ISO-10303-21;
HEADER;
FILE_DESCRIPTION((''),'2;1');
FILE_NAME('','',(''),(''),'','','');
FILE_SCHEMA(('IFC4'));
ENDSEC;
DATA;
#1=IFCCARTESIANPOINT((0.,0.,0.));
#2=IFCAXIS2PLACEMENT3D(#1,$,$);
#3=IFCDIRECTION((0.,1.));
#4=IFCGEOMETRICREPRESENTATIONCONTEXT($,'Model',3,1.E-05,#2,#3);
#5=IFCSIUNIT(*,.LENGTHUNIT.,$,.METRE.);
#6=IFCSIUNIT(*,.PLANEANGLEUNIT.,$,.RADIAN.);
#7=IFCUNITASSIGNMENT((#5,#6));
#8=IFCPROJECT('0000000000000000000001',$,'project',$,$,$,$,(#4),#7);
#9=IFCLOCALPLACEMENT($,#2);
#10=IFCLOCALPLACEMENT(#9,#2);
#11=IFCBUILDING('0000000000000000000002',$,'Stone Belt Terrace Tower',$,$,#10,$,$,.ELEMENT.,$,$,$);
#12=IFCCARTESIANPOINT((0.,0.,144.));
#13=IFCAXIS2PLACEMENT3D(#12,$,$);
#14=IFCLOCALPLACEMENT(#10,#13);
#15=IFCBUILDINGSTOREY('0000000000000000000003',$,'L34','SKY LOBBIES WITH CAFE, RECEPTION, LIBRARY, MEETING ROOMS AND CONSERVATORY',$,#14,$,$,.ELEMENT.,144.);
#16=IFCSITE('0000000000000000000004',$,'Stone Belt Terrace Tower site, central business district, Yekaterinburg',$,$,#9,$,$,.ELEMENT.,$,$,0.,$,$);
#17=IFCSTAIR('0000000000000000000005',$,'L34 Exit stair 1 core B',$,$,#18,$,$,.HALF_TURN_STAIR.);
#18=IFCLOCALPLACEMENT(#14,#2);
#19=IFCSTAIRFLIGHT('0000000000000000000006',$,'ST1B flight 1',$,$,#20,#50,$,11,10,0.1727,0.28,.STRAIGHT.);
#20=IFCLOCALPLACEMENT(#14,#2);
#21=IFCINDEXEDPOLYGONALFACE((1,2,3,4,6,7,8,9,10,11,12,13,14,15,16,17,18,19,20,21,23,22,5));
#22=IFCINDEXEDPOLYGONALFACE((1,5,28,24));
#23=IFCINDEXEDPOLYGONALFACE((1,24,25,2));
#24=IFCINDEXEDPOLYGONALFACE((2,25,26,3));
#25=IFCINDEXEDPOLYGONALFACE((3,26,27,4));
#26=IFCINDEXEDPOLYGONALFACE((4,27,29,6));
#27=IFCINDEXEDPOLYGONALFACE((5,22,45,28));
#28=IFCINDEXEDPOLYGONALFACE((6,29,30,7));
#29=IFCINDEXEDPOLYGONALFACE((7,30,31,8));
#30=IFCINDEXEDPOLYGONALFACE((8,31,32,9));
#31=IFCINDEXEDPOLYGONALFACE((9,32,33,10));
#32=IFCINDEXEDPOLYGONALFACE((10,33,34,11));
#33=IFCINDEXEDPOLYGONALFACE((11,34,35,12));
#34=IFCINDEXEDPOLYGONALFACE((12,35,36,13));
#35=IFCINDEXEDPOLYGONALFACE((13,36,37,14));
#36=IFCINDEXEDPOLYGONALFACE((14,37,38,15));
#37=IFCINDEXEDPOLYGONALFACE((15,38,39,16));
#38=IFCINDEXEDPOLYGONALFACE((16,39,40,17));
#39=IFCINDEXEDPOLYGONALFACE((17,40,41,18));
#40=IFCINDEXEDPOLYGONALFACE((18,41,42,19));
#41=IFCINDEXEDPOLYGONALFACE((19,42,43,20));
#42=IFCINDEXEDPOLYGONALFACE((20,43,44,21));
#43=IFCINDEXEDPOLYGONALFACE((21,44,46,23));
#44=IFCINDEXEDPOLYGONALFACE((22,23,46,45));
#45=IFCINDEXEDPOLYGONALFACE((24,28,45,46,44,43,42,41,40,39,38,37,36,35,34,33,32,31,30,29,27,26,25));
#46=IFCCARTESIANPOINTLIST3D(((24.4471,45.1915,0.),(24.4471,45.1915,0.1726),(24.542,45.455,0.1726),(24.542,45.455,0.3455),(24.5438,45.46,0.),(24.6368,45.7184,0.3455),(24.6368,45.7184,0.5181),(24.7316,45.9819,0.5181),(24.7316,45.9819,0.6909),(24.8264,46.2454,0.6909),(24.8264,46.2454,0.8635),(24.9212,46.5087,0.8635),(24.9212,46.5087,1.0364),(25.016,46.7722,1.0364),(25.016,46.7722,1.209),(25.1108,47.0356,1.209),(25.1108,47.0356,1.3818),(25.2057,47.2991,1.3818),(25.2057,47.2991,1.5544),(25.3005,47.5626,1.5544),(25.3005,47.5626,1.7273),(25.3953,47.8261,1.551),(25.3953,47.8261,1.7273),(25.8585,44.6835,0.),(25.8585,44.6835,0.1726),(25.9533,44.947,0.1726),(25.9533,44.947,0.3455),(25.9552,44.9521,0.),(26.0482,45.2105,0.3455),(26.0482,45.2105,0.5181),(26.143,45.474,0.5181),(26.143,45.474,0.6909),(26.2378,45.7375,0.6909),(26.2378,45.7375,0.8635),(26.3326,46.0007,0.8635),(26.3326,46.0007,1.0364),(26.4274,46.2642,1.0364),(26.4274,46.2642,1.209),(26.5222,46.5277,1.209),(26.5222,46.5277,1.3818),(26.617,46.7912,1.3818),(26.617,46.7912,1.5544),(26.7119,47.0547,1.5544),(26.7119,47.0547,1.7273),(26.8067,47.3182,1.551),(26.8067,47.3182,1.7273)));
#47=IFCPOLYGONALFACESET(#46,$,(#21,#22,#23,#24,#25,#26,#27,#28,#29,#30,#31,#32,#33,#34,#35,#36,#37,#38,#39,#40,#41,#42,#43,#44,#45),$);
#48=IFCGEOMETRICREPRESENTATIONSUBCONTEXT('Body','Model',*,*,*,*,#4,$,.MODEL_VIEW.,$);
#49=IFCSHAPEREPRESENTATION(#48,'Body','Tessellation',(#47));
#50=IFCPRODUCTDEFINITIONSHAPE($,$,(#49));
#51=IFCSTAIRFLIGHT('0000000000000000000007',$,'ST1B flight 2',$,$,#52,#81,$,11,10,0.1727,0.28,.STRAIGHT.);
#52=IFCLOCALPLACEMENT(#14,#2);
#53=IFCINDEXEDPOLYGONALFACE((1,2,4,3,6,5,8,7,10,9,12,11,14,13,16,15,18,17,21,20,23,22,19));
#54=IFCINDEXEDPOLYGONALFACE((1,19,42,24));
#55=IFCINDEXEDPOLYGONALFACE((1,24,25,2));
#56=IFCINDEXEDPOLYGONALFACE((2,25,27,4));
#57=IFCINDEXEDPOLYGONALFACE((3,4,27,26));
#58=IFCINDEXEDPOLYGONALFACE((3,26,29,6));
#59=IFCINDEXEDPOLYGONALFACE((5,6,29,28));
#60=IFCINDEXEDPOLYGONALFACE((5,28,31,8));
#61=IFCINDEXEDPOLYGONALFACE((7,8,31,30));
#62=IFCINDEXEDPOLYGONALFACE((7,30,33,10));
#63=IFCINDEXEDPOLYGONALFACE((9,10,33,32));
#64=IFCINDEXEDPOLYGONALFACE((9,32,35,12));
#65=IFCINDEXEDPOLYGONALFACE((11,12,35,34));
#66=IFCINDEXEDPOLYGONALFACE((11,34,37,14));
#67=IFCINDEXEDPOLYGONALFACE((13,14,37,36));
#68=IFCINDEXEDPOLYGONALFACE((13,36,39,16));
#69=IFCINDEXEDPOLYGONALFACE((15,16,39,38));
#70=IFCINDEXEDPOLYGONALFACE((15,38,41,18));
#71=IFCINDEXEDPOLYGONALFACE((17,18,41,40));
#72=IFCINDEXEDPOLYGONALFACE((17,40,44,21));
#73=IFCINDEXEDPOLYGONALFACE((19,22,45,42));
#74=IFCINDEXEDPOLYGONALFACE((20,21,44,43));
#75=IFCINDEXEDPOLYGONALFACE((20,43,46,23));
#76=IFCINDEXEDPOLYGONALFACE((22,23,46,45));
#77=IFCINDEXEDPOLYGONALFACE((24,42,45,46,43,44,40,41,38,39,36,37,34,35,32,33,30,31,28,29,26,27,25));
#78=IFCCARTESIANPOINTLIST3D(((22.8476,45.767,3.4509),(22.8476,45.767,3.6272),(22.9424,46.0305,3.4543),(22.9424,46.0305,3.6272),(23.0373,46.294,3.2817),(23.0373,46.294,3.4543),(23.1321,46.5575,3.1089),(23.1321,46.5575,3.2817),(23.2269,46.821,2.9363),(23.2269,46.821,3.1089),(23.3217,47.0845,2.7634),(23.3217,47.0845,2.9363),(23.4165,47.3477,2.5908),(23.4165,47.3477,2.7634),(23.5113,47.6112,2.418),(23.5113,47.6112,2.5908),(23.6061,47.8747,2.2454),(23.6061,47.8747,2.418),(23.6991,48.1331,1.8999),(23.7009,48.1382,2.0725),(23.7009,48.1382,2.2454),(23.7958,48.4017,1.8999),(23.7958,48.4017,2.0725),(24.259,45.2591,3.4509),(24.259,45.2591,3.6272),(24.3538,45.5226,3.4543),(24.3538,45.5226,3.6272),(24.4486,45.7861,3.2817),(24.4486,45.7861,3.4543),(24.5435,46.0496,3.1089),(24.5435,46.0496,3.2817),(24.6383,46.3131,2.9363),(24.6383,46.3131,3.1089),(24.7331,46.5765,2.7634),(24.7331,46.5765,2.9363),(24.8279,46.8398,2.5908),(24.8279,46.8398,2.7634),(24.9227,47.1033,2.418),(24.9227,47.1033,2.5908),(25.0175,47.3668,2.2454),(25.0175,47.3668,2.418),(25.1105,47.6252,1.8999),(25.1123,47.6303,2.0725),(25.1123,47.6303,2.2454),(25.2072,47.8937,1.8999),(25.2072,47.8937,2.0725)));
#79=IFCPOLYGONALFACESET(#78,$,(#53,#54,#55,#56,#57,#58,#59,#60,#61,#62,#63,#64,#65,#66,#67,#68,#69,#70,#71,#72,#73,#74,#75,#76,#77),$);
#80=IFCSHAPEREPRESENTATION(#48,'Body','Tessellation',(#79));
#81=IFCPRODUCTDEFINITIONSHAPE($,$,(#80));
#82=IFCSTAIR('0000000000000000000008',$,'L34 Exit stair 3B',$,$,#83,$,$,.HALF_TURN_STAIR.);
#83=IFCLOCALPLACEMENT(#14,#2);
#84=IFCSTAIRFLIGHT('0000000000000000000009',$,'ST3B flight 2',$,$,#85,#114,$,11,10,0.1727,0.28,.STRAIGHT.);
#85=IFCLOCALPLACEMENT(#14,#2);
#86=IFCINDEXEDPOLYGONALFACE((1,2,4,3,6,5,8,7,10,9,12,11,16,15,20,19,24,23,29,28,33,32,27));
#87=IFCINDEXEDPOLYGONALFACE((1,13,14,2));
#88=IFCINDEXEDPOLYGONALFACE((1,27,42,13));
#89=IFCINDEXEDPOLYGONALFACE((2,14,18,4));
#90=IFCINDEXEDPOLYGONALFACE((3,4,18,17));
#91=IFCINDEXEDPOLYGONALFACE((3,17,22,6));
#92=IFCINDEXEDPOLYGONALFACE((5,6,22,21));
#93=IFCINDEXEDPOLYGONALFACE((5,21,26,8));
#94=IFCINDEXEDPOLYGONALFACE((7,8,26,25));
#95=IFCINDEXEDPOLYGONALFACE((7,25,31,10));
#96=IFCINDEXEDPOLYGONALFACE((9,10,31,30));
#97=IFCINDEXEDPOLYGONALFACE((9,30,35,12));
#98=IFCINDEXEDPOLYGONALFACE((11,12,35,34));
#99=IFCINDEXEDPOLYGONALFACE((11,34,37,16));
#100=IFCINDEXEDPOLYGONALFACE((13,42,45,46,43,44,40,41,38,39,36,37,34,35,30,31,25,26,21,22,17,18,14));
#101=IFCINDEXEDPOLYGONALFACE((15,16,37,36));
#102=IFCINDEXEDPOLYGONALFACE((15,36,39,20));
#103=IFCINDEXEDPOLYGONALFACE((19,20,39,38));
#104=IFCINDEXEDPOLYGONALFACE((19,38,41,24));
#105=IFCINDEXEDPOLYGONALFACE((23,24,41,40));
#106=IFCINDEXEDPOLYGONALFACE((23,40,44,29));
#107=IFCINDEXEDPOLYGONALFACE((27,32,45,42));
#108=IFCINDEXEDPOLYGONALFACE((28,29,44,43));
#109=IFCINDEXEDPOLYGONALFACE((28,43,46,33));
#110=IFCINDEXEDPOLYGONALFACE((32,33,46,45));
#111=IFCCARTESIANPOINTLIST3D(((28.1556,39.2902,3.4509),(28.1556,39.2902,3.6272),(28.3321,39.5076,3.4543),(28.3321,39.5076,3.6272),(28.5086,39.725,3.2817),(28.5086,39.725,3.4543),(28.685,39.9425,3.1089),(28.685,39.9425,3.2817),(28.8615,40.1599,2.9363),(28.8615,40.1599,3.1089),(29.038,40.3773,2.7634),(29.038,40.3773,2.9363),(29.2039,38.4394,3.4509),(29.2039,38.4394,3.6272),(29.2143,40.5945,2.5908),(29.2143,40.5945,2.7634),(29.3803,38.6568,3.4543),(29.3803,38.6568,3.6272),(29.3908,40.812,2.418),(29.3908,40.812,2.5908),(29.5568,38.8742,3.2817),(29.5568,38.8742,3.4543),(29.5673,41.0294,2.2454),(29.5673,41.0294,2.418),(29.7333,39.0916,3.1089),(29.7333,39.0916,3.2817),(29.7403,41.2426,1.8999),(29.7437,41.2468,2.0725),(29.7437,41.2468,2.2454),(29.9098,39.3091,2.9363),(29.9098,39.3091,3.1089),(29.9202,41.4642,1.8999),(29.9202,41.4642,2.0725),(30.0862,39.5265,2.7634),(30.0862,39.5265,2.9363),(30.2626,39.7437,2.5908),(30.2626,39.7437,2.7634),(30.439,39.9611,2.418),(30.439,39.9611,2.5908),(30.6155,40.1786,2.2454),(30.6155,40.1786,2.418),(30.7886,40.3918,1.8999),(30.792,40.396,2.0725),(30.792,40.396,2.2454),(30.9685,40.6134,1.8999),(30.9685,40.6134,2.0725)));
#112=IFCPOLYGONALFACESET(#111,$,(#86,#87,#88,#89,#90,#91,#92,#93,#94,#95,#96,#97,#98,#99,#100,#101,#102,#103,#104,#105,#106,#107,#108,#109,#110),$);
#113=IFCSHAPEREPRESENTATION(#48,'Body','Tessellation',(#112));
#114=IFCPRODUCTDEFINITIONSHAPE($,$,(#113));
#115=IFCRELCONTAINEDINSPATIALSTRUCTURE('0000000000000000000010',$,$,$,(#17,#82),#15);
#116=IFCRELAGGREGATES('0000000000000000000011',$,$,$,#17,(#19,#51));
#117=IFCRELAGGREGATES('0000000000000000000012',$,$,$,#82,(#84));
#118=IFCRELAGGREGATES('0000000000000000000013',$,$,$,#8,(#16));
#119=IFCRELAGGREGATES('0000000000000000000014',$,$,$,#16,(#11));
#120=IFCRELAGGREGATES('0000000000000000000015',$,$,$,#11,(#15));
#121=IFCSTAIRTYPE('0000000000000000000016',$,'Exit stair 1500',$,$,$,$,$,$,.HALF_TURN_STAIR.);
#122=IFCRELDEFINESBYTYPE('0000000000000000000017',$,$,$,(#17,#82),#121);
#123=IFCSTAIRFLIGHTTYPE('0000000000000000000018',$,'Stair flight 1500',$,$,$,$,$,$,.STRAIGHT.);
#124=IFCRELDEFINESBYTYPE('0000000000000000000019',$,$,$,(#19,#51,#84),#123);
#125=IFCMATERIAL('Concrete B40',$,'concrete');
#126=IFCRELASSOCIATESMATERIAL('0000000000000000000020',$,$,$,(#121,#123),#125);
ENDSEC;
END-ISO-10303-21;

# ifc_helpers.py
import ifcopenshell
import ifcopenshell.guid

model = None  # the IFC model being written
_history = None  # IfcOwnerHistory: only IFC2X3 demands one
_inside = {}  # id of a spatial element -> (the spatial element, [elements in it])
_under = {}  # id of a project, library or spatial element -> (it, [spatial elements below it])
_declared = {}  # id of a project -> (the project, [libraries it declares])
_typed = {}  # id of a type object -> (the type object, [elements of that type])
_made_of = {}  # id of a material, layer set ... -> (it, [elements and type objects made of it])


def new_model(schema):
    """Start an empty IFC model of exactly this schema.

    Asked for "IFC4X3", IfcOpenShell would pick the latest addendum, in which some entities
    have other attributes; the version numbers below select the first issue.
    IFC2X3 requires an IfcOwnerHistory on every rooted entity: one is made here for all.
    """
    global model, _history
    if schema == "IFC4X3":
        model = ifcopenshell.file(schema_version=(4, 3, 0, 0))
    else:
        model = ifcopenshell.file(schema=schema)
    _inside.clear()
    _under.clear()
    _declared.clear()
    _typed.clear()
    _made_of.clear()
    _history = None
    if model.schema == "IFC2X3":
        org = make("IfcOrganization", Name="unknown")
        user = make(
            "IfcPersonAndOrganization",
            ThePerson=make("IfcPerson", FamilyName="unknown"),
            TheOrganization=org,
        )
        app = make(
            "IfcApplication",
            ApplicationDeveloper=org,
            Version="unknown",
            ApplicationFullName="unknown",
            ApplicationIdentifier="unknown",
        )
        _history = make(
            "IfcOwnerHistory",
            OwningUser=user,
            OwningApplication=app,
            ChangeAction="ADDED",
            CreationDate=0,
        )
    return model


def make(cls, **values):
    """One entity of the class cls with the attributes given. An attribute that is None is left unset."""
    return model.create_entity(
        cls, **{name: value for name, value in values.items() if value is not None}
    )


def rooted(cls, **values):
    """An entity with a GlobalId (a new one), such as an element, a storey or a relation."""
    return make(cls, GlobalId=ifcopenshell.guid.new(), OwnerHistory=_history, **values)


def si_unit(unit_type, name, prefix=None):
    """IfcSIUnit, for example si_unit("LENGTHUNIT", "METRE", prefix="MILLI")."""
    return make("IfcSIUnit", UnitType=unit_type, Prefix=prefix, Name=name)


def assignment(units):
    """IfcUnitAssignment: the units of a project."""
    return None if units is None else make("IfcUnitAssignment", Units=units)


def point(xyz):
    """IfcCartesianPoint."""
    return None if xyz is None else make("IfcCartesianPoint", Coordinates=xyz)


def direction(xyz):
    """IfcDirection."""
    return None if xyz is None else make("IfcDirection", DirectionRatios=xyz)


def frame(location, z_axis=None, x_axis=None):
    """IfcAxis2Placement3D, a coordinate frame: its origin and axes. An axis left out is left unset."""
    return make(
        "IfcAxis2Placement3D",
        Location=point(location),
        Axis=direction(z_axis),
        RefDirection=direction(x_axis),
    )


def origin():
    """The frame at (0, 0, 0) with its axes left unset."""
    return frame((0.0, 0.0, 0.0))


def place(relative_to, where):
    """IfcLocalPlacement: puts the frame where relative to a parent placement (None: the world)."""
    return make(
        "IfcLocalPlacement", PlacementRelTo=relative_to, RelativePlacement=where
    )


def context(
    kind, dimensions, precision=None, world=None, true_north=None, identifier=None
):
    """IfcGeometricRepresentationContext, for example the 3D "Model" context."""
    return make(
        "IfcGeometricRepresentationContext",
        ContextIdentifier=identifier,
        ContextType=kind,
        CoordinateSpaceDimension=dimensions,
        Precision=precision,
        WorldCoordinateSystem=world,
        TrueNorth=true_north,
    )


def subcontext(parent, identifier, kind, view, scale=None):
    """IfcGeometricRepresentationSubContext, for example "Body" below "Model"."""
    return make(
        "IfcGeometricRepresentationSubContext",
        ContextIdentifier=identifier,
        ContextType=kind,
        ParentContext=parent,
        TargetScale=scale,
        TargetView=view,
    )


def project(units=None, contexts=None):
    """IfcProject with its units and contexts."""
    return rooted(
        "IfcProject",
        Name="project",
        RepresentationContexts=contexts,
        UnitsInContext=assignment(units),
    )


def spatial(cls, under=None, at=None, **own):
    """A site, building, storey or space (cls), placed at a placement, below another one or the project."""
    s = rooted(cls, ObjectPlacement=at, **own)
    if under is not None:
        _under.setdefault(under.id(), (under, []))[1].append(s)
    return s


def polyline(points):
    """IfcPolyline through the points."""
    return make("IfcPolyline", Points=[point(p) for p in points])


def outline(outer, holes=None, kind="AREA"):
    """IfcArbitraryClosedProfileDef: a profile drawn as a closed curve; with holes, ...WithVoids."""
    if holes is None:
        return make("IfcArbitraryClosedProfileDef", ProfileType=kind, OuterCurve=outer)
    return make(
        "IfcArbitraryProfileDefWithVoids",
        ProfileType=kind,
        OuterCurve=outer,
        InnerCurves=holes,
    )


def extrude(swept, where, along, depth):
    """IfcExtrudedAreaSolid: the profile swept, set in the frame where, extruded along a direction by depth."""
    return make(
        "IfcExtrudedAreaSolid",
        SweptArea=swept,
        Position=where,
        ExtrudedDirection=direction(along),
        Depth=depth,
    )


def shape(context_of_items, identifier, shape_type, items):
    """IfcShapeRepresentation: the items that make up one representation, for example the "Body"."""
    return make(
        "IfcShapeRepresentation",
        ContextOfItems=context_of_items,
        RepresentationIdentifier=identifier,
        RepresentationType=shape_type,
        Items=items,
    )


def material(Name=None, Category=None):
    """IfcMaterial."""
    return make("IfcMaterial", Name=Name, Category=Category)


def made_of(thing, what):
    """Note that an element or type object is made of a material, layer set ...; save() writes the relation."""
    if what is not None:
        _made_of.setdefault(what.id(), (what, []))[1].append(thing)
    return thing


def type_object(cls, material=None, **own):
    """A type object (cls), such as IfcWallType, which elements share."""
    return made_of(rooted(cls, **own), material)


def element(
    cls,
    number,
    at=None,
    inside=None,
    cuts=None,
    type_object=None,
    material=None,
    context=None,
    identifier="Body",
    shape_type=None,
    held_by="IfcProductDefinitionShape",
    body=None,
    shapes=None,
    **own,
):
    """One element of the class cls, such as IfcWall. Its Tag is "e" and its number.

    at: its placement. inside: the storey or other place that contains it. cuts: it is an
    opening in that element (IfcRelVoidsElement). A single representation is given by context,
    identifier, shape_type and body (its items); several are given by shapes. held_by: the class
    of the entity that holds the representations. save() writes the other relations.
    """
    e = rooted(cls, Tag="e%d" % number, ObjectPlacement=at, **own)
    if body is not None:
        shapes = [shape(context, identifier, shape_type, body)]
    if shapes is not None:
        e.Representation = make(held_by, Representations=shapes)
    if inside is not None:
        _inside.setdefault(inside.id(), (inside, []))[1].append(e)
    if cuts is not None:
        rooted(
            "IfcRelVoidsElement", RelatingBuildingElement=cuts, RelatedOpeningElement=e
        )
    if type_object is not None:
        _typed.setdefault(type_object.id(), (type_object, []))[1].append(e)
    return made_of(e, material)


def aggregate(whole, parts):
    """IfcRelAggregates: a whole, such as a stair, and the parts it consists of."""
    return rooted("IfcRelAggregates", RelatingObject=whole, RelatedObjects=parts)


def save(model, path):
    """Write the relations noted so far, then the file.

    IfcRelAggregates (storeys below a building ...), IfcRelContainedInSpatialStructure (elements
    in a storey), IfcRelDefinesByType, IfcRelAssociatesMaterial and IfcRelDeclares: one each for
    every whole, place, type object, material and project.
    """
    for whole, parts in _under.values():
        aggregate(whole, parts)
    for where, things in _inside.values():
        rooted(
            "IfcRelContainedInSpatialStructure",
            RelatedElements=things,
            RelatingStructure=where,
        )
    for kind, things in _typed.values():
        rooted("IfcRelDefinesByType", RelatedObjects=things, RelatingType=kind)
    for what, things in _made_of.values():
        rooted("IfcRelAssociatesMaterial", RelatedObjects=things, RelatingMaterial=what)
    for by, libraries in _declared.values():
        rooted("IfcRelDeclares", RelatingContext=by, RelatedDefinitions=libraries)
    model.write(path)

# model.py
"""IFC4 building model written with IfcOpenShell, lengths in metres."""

from ifc_helpers import new_model, si_unit, direction, frame, origin, place, context, subcontext, project, spatial, polyline, outline, extrude, material, type_object, element, aggregate, save


model = new_model("IFC4")

# Units and contexts
model_context = context("Model", 3, precision=1e-05, world=origin(), true_north=direction((0.0, 1.0)))
body_context = subcontext(model_context, "Body", "Model", "MODEL_VIEW")
ifc_project = project(units=[si_unit("LENGTHUNIT", "METRE"), si_unit("PLANEANGLEUNIT", "RADIAN")], contexts=[model_context])

# Site, building, storey
site_placement = place(None, origin())
site = spatial("IfcSite", under=ifc_project, at=site_placement, Name="Stone Belt Terrace Tower site, central business district, Yekaterinburg", CompositionType="ELEMENT", RefElevation=0.0)
building_placement = place(site_placement, origin())
building = spatial("IfcBuilding", under=site, at=building_placement, Name="Stone Belt Terrace Tower", CompositionType="ELEMENT")
storey_placement = place(building_placement, frame((0.0, 0.0, 144.0)))
storey = spatial("IfcBuildingStorey", under=building, at=storey_placement, Name="L34", Description="SKY LOBBIES WITH CAFE, RECEPTION, LIBRARY, MEETING ROOMS AND CONSERVATORY", CompositionType="ELEMENT", Elevation=144.0)

# Stair, stair flights
ifc_material_1 = material(Name="Concrete B40", Category="concrete")
stair_type = type_object("IfcStairType", Name="Exit stair 1500", PredefinedType="HALF_TURN_STAIR", material=ifc_material_1)
stair_1_placement = place(storey_placement, origin())
stair_1 = element("IfcStair", 1, at=stair_1_placement, inside=storey, type_object=stair_type, Name="L34 Exit stair 1 core B", PredefinedType="HALF_TURN_STAIR")
stair_flight_type = type_object("IfcStairFlightType", Name="Stair flight 1500", PredefinedType="STRAIGHT", material=ifc_material_1)
stair_flight_1_placement = place(storey_placement, frame((25.1528, 44.9375, 0.0), z_axis=(0.0, 0.0, 1.0), x_axis=(0.338624, 0.940922, 0.0)))
stair_flight_1 = element("IfcStairFlight", 2, at=stair_flight_1_placement, type_object=stair_flight_type, Name="ST1B flight 1", NumberOfRisers=11, NumberOfTreads=10, PredefinedType="STRAIGHT", RiserHeight=0.1727, TreadLength=0.28, context=body_context, shape_type="SweptSolid", body=[
    extrude(outline(polyline([(0.0, 0.0), (0.0, 0.1726), (0.28, 0.1726), (0.28, 0.3455), (0.5601, 0.3455), (0.5601, 0.5181), (0.8401, 0.5181), (0.8401, 0.6909), (1.1201, 0.6909), (1.1201, 0.8635), (1.3999, 0.8635), (1.3999, 1.0364), (1.6799, 1.0364), (1.6799, 1.209), (1.96, 1.209), (1.96, 1.3818), (2.24, 1.3818), (2.24, 1.5544), (2.52, 1.5544), (2.52, 1.7273), (2.8, 1.7273), (2.8, 1.8999), (2.8, 1.551), (0.2854, 0.0), (0.0, 0.0)])), frame((0.0, 0.75, 0.0), z_axis=(0.0, -1.0, 0.0), x_axis=(1.0, 0.0, 0.0)), (0.0, 0.0, 1.0), 1.5),
])
stair_flight_2_placement = place(storey_placement, frame((24.5015, 48.1477, 1.8999), z_axis=(0.0, 0.0, 1.0), x_axis=(-0.338624, -0.940922, 0.0)))
stair_flight_2 = element("IfcStairFlight", 3, at=stair_flight_2_placement, type_object=stair_flight_type, Name="ST1B flight 2", NumberOfRisers=11, NumberOfTreads=10, PredefinedType="STRAIGHT", RiserHeight=0.1727, TreadLength=0.28, context=body_context, shape_type="SweptSolid", body=[
    extrude(outline(polyline([(0.0, 0.0), (0.0, 0.1726), (0.28, 0.1726), (0.28, 0.3455), (0.5601, 0.3455), (0.5601, 0.5181), (0.8401, 0.5181), (0.8401, 0.6909), (1.1201, 0.6909), (1.1201, 0.8635), (1.3999, 0.8635), (1.3999, 1.0364), (1.6799, 1.0364), (1.6799, 1.209), (1.96, 1.209), (1.96, 1.3818), (2.24, 1.3818), (2.24, 1.5544), (2.52, 1.5544), (2.52, 1.7273), (2.8, 1.7273), (2.8, 1.8999), (2.8, 1.551), (0.2854, 0.0), (0.0, 0.0)])), frame((0.0, 0.75, 0.0), z_axis=(0.0, -1.0, 0.0), x_axis=(1.0, 0.0, 0.0)), (0.0, 0.0, 1.0), 1.5),
])
aggregate(stair_1, [stair_flight_1, stair_flight_2])

# Stair, stair flight
stair_2_placement = place(storey_placement, origin())
stair_2 = element("IfcStair", 4, at=stair_2_placement, inside=storey, type_object=stair_type, Name="L34 Exit stair 3B", PredefinedType="HALF_TURN_STAIR")
stair_flight_3_placement = place(storey_placement, frame((30.4443, 41.0388, 1.8999), z_axis=(0.0, 0.0, 1.0), x_axis=(-0.630206, -0.776428, 0.0)))
stair_flight_3 = element("IfcStairFlight", 5, at=stair_flight_3_placement, type_object=stair_flight_type, Name="ST3B flight 2", NumberOfRisers=11, NumberOfTreads=10, PredefinedType="STRAIGHT", RiserHeight=0.1727, TreadLength=0.28, context=body_context, shape_type="SweptSolid", body=[
    extrude(outline(polyline([(0.0, 0.0), (0.0, 0.1726), (0.28, 0.1726), (0.28, 0.3455), (0.5601, 0.3455), (0.5601, 0.5181), (0.8401, 0.5181), (0.8401, 0.6909), (1.1201, 0.6909), (1.1201, 0.8635), (1.3999, 0.8635), (1.3999, 1.0364), (1.6799, 1.0364), (1.6799, 1.209), (1.96, 1.209), (1.96, 1.3818), (2.24, 1.3818), (2.24, 1.5544), (2.52, 1.5544), (2.52, 1.7273), (2.8, 1.7273), (2.8, 1.8999), (2.8, 1.551), (0.2854, 0.0), (0.0, 0.0)])), frame((0.0, 0.675, 0.0), z_axis=(0.0, -1.0, 0.0), x_axis=(1.0, 0.0, 0.0)), (0.0, 0.0, 1.0), 1.3501),
])
aggregate(stair_2, [stair_flight_3])

save(model, "model.ifc")
